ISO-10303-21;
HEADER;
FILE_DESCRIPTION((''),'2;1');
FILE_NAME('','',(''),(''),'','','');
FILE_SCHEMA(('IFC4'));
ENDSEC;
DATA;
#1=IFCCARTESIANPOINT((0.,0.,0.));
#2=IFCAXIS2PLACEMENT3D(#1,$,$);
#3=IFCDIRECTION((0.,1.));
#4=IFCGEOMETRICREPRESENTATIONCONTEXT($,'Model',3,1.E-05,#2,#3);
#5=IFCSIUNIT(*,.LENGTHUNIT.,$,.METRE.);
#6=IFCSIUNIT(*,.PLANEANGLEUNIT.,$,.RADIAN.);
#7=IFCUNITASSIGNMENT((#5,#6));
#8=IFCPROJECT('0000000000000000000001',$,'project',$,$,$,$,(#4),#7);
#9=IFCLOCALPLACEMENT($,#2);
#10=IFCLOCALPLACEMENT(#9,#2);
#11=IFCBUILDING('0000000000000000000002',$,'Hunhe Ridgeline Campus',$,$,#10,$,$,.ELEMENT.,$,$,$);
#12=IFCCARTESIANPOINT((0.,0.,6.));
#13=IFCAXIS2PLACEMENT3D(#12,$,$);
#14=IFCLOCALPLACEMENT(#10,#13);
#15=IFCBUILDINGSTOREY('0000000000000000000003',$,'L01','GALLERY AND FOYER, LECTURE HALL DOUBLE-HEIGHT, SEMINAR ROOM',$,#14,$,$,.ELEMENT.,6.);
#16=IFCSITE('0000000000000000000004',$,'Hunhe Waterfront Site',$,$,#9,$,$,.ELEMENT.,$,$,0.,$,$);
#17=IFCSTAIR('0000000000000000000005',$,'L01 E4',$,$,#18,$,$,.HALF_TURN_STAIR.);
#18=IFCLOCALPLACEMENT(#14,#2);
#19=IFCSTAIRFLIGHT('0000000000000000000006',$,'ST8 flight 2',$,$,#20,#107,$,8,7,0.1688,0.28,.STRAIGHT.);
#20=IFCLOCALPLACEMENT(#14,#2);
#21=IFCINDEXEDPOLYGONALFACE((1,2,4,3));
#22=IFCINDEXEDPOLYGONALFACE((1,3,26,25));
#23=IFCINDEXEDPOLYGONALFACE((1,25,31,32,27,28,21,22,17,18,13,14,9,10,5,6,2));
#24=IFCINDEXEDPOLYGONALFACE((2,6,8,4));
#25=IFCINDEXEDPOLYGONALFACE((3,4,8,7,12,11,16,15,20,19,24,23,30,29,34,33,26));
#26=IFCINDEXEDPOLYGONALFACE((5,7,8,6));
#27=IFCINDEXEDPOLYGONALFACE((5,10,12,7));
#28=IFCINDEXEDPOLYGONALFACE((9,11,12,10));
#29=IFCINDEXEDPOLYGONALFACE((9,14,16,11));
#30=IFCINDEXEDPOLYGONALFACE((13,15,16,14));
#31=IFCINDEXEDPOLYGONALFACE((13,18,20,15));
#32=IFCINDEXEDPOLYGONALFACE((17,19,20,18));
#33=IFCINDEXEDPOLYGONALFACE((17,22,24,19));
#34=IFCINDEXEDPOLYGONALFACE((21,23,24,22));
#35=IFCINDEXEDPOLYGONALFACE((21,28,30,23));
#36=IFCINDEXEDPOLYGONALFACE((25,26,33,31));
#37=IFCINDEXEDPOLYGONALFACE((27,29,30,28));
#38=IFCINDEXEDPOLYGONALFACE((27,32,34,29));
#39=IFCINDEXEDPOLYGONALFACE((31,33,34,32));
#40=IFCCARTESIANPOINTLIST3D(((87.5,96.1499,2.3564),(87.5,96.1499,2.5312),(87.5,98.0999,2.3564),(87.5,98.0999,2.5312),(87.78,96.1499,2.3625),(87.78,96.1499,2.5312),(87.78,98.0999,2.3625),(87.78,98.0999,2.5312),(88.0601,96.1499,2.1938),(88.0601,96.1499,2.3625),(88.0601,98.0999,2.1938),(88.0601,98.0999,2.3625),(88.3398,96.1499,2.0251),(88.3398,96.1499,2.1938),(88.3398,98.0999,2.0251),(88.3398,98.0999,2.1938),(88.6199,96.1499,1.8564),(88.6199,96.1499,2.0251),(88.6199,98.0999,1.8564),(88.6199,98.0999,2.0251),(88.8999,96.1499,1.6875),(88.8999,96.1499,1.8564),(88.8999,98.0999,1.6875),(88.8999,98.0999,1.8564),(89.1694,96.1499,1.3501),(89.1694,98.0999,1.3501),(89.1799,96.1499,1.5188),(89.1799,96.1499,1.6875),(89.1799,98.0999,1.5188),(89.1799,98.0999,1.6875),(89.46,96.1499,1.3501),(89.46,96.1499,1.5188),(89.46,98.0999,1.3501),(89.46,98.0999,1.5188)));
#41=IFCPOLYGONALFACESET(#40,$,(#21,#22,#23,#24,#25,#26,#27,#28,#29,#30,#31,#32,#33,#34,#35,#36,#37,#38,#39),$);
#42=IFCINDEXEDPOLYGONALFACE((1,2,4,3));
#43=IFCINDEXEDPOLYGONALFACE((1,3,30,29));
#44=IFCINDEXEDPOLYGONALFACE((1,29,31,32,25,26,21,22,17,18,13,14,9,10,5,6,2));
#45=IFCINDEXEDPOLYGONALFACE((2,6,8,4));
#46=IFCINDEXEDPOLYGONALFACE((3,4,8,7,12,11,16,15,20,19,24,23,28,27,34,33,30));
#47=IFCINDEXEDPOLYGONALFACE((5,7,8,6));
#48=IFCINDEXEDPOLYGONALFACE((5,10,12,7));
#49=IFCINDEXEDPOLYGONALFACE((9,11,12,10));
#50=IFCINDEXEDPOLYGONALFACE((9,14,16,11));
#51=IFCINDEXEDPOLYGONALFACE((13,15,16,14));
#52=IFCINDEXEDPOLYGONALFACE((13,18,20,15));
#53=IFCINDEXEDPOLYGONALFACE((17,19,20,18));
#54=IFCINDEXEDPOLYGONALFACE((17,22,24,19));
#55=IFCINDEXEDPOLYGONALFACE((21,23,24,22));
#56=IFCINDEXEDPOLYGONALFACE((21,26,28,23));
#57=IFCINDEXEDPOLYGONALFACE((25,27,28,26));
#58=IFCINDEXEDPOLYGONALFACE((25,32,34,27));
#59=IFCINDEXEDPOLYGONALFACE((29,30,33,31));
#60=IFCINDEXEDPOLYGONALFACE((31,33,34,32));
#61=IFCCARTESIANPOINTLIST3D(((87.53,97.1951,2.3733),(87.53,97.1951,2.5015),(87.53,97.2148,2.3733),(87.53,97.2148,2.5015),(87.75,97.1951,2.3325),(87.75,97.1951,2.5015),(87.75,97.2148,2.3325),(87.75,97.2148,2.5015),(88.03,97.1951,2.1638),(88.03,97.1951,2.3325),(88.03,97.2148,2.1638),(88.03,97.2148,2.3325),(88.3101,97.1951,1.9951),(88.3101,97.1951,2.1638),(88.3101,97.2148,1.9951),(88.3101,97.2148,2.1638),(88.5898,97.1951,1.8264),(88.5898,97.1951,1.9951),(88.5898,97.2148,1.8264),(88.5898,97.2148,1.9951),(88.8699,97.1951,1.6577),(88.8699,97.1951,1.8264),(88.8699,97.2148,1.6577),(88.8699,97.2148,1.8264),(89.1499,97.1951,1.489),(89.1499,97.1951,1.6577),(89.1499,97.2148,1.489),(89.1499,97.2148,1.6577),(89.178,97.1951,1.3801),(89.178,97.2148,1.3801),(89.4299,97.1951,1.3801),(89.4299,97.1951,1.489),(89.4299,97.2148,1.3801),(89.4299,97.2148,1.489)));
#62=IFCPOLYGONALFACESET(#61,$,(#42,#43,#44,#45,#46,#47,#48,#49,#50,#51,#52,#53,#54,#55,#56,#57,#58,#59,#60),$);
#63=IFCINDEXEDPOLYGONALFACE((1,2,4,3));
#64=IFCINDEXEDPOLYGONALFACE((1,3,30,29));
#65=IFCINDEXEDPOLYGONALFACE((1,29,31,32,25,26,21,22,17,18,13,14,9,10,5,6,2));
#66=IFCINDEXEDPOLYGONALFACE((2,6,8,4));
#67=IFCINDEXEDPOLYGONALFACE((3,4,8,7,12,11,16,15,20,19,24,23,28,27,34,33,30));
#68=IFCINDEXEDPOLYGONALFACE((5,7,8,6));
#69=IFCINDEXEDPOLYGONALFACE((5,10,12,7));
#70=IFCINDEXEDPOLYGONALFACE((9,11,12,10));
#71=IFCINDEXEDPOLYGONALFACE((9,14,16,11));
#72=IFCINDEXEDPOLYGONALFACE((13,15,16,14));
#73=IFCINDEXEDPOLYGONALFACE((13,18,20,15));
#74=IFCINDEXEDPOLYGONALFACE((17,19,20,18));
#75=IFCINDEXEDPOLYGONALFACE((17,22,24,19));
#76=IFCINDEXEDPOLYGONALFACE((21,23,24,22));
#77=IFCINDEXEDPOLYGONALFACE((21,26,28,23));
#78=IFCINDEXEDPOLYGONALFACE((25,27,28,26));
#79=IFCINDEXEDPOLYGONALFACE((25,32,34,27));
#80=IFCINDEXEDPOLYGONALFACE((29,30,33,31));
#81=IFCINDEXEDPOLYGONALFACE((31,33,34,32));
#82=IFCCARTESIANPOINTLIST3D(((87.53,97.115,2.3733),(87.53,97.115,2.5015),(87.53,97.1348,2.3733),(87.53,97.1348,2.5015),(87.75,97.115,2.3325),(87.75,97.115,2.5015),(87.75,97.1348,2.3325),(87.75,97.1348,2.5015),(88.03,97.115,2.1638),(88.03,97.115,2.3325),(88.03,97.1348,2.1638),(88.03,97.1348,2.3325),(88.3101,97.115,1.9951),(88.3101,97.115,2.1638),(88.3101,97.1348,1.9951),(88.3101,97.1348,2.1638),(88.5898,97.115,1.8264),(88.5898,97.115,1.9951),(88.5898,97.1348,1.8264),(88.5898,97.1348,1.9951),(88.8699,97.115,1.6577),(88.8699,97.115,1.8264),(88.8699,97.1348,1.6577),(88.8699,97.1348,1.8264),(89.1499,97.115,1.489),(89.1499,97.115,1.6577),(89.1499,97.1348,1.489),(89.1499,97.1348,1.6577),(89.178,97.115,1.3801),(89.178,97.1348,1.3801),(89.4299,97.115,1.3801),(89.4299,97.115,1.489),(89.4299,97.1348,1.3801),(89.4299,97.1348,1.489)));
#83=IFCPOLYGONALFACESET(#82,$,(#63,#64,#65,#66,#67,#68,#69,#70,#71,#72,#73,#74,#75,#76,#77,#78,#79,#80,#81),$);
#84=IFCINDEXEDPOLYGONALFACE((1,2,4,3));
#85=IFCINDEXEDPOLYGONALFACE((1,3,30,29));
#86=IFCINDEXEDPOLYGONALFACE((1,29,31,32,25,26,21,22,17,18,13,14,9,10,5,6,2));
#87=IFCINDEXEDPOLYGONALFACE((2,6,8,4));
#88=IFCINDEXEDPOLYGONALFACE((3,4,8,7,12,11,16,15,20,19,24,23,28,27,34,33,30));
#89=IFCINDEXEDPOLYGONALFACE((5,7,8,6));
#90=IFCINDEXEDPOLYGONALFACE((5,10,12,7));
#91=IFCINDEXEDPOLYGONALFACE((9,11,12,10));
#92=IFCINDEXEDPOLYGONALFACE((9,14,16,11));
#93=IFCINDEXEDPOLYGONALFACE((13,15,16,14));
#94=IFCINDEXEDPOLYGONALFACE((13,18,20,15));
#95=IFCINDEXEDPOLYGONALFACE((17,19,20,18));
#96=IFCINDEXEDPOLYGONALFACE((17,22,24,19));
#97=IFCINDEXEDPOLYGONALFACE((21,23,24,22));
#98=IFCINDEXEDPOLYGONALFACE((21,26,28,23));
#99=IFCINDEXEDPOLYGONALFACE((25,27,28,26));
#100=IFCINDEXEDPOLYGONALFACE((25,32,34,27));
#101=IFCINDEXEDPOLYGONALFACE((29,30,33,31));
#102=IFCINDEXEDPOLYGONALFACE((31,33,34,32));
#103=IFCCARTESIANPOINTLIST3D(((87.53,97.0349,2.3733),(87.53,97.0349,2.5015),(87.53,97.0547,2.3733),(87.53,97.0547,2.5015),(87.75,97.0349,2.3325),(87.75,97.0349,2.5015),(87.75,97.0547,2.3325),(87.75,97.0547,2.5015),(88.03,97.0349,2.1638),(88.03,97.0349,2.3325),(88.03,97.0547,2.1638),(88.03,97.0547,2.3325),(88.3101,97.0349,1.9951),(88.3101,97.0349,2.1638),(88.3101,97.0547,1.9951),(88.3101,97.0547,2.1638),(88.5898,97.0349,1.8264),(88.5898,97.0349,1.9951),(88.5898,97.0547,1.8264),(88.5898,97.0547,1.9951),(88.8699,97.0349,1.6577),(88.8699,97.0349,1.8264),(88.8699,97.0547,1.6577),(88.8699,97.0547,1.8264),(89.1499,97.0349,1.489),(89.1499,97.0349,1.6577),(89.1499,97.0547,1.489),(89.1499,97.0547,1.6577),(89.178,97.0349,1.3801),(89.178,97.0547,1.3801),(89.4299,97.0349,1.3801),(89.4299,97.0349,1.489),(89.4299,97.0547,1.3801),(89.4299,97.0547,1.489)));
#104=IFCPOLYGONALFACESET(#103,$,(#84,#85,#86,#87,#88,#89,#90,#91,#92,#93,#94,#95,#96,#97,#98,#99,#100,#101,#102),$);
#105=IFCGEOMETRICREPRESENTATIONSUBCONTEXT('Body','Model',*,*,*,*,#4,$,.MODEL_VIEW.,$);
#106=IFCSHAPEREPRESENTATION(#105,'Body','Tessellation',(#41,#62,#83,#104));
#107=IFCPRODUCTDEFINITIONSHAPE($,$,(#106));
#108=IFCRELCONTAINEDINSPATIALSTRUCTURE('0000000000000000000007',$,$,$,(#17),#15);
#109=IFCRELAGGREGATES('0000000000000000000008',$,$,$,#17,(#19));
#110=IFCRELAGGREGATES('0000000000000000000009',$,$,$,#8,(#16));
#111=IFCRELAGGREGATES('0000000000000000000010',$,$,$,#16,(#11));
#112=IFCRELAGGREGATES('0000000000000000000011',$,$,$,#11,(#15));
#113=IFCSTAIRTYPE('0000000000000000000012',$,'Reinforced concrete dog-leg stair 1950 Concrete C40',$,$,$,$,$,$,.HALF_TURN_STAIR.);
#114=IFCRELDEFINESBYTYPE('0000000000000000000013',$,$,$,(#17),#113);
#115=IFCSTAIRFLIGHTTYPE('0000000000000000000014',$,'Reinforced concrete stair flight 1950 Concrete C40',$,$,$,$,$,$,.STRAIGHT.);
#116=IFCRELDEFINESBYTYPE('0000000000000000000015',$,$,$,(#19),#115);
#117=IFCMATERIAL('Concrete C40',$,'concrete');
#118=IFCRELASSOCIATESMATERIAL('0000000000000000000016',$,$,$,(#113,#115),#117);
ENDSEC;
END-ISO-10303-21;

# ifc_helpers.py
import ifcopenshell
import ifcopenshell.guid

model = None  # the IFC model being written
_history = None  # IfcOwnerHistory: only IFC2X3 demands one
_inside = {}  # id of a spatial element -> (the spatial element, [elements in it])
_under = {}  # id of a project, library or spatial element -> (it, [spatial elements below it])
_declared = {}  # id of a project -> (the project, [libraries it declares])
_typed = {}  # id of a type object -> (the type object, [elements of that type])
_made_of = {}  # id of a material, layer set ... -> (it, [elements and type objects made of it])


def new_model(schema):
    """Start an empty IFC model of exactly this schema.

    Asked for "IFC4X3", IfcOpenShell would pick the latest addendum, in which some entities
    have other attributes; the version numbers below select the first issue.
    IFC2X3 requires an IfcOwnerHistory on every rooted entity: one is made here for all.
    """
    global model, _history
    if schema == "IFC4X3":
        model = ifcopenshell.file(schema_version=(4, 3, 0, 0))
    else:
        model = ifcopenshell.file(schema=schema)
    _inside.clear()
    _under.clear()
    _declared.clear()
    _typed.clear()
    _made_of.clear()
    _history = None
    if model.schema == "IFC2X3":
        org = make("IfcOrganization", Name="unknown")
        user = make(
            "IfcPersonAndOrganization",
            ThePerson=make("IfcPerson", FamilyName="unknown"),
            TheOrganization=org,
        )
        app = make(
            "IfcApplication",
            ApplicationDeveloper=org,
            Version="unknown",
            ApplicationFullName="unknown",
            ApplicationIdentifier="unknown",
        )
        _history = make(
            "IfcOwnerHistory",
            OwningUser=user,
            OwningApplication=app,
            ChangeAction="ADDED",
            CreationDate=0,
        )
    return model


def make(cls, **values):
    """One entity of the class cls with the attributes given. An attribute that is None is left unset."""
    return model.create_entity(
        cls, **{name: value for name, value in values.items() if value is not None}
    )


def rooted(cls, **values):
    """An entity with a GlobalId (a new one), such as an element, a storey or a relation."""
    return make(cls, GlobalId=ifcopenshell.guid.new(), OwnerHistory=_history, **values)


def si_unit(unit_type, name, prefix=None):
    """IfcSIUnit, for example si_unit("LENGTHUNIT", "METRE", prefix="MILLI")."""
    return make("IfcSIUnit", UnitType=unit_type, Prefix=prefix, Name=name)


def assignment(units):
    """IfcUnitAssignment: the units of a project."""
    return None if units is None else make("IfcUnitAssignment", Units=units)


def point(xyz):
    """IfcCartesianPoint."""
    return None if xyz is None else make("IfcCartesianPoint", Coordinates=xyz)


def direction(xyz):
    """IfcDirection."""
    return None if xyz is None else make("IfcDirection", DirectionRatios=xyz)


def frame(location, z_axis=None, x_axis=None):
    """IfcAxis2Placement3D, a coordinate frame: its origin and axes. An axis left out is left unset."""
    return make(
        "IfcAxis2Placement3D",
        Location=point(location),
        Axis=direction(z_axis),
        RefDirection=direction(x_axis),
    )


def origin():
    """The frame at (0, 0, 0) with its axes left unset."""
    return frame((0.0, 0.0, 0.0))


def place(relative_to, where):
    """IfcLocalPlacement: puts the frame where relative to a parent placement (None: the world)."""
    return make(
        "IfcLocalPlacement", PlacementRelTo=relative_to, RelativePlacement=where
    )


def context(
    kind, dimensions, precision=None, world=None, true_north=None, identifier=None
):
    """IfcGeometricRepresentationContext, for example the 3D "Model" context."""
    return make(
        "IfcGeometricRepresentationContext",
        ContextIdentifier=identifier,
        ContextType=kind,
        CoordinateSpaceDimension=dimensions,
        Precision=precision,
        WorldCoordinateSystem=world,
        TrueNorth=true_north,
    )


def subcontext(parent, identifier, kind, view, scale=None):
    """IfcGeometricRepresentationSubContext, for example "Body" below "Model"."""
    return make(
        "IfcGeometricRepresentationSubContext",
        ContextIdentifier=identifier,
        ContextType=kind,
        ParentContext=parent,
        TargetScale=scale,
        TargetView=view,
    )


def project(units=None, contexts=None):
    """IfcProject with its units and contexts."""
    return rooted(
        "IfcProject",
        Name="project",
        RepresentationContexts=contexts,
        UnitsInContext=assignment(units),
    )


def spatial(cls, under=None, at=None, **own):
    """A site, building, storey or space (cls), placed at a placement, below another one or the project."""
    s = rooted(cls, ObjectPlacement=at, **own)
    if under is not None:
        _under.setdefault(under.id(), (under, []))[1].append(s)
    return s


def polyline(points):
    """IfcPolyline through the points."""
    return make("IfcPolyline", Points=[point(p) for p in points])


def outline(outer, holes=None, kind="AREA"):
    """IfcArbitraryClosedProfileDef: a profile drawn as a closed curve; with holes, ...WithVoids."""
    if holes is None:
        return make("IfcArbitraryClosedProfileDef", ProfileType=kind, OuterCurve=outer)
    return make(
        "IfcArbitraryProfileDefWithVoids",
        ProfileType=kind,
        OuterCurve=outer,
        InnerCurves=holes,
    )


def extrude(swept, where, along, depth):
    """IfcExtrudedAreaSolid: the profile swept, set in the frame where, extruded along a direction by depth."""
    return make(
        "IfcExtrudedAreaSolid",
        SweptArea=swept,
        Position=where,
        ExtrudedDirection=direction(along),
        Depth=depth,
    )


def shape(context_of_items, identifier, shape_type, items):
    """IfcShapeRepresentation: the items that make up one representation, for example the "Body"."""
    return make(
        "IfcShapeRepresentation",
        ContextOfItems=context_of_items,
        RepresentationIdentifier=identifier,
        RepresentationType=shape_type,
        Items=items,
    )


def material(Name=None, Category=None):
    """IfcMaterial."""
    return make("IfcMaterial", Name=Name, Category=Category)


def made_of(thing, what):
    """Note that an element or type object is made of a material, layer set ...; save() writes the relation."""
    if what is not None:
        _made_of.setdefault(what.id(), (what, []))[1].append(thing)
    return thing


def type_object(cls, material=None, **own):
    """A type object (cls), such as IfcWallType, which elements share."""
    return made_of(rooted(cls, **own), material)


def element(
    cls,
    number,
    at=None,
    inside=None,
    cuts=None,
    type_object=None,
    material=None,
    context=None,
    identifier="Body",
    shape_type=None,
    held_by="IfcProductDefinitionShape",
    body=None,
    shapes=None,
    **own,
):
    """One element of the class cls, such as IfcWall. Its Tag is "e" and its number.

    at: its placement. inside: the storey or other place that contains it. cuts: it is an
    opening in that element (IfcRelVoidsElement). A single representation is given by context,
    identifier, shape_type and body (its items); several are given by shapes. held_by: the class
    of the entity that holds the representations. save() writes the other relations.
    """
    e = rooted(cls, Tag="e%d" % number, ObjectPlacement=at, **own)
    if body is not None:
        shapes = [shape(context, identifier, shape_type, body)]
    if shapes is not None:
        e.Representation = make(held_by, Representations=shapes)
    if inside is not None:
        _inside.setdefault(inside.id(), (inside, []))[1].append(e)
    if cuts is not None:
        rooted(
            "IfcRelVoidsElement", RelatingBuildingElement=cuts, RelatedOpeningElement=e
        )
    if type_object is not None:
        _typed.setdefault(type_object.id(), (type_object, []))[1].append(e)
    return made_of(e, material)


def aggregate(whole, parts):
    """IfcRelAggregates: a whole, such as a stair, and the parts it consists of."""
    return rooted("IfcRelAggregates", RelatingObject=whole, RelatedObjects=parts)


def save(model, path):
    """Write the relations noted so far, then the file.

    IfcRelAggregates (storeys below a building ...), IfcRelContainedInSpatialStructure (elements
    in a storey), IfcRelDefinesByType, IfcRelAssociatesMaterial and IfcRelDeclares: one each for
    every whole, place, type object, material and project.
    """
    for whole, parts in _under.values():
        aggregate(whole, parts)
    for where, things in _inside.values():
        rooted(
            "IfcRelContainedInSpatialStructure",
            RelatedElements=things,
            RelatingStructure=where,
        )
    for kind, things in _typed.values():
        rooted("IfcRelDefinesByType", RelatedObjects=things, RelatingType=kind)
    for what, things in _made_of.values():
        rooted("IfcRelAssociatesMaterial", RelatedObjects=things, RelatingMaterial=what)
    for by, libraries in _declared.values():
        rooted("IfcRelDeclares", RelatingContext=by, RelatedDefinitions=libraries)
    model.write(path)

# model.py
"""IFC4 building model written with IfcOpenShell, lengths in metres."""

from ifc_helpers import new_model, si_unit, direction, frame, origin, place, context, subcontext, project, spatial, polyline, outline, extrude, material, type_object, element, aggregate, save


model = new_model("IFC4")

# Units and contexts
model_context = context("Model", 3, precision=1e-05, world=origin(), true_north=direction((0.0, 1.0)))
body_context = subcontext(model_context, "Body", "Model", "MODEL_VIEW")
ifc_project = project(units=[si_unit("LENGTHUNIT", "METRE"), si_unit("PLANEANGLEUNIT", "RADIAN")], contexts=[model_context])

# Site, building, storey
site_placement = place(None, origin())
site = spatial("IfcSite", under=ifc_project, at=site_placement, Name="Hunhe Waterfront Site", CompositionType="ELEMENT", RefElevation=0.0)
building_placement = place(site_placement, origin())
building = spatial("IfcBuilding", under=site, at=building_placement, Name="Hunhe Ridgeline Campus", CompositionType="ELEMENT")
storey_placement = place(building_placement, frame((0.0, 0.0, 6.0)))
storey = spatial("IfcBuildingStorey", under=building, at=storey_placement, Name="L01", Description="GALLERY AND FOYER, LECTURE HALL DOUBLE-HEIGHT, SEMINAR ROOM", CompositionType="ELEMENT", Elevation=6.0)

# Stair, stair flight
ifc_material_1 = material(Name="Concrete C40", Category="concrete")
stair_type = type_object("IfcStairType", Name="Reinforced concrete dog-leg stair 1950 Concrete C40", PredefinedType="HALF_TURN_STAIR", material=ifc_material_1)
stair_flight_type = type_object("IfcStairFlightType", Name="Reinforced concrete stair flight 1950 Concrete C40", PredefinedType="STRAIGHT", material=ifc_material_1)
stair_1_placement = place(storey_placement, origin())
stair_1 = element("IfcStair", 1, at=stair_1_placement, inside=storey, type_object=stair_type, Name="L01 E4", PredefinedType="HALF_TURN_STAIR")
stair_flight_1_placement = place(storey_placement, frame((89.46, 97.125, 1.3501), z_axis=(0.0, 0.0, 1.0), x_axis=(-1.0, 0.0, 0.0)))
stair_flight_1 = element("IfcStairFlight", 2, at=stair_flight_1_placement, type_object=stair_flight_type, Name="ST8 flight 2", NumberOfRisers=8, NumberOfTreads=7, PredefinedType="STRAIGHT", RiserHeight=0.1688, TreadLength=0.28, context=body_context, shape_type="SweptSolid", body=[
    extrude(outline(polyline([(0.0, 0.0), (0.0, 0.1687), (0.28, 0.1687), (0.28, 0.3374), (0.5601, 0.3374), (0.5601, 0.5063), (0.8401, 0.5063), (0.8401, 0.675), (1.1201, 0.675), (1.1201, 0.8438), (1.3999, 0.8438), (1.3999, 1.0125), (1.6799, 1.0125), (1.6799, 1.1812), (1.96, 1.1812), (1.96, 1.3501), (1.96, 1.0063), (0.2905, 0.0), (0.0, 0.0)])), frame((0.0, 0.9751, 0.0), z_axis=(0.0, -1.0, 0.0), x_axis=(1.0, 0.0, 0.0)), (0.0, 0.0, 1.0), 1.95),
    extrude(outline(polyline([(0.03, 0.03), (0.03, 0.1389), (0.3101, 0.1389), (0.3101, 0.3076), (0.5901, 0.3076), (0.5901, 0.4763), (0.8701, 0.4763), (0.8701, 0.645), (1.1499, 0.645), (1.1499, 0.8137), (1.4299, 0.8137), (1.4299, 0.9824), (1.71, 0.9824), (1.71, 1.1514), (1.9299, 1.1514), (1.9299, 1.0232), (0.282, 0.03), (0.03, 0.03)])), frame((0.0, -0.0701, 0.0), z_axis=(0.0, -1.0, 0.0), x_axis=(1.0, 0.0, 0.0)), (0.0, 0.0, 1.0), 0.0198),
    extrude(outline(polyline([(0.03, 0.03), (0.03, 0.1389), (0.3101, 0.1389), (0.3101, 0.3076), (0.5901, 0.3076), (0.5901, 0.4763), (0.8701, 0.4763), (0.8701, 0.645), (1.1499, 0.645), (1.1499, 0.8137), (1.4299, 0.8137), (1.4299, 0.9824), (1.71, 0.9824), (1.71, 1.1514), (1.9299, 1.1514), (1.9299, 1.0232), (0.282, 0.03), (0.03, 0.03)])), frame((0.0, 0.01, 0.0), z_axis=(0.0, -1.0, 0.0), x_axis=(1.0, 0.0, 0.0)), (0.0, 0.0, 1.0), 0.0198),
    extrude(outline(polyline([(0.03, 0.03), (0.03, 0.1389), (0.3101, 0.1389), (0.3101, 0.3076), (0.5901, 0.3076), (0.5901, 0.4763), (0.8701, 0.4763), (0.8701, 0.645), (1.1499, 0.645), (1.1499, 0.8137), (1.4299, 0.8137), (1.4299, 0.9824), (1.71, 0.9824), (1.71, 1.1514), (1.9299, 1.1514), (1.9299, 1.0232), (0.282, 0.03), (0.03, 0.03)])), frame((0.0, 0.0901, 0.0), z_axis=(0.0, -1.0, 0.0), x_axis=(1.0, 0.0, 0.0)), (0.0, 0.0, 1.0), 0.0198),
])
aggregate(stair_1, [stair_flight_1])

save(model, "model.ifc")
